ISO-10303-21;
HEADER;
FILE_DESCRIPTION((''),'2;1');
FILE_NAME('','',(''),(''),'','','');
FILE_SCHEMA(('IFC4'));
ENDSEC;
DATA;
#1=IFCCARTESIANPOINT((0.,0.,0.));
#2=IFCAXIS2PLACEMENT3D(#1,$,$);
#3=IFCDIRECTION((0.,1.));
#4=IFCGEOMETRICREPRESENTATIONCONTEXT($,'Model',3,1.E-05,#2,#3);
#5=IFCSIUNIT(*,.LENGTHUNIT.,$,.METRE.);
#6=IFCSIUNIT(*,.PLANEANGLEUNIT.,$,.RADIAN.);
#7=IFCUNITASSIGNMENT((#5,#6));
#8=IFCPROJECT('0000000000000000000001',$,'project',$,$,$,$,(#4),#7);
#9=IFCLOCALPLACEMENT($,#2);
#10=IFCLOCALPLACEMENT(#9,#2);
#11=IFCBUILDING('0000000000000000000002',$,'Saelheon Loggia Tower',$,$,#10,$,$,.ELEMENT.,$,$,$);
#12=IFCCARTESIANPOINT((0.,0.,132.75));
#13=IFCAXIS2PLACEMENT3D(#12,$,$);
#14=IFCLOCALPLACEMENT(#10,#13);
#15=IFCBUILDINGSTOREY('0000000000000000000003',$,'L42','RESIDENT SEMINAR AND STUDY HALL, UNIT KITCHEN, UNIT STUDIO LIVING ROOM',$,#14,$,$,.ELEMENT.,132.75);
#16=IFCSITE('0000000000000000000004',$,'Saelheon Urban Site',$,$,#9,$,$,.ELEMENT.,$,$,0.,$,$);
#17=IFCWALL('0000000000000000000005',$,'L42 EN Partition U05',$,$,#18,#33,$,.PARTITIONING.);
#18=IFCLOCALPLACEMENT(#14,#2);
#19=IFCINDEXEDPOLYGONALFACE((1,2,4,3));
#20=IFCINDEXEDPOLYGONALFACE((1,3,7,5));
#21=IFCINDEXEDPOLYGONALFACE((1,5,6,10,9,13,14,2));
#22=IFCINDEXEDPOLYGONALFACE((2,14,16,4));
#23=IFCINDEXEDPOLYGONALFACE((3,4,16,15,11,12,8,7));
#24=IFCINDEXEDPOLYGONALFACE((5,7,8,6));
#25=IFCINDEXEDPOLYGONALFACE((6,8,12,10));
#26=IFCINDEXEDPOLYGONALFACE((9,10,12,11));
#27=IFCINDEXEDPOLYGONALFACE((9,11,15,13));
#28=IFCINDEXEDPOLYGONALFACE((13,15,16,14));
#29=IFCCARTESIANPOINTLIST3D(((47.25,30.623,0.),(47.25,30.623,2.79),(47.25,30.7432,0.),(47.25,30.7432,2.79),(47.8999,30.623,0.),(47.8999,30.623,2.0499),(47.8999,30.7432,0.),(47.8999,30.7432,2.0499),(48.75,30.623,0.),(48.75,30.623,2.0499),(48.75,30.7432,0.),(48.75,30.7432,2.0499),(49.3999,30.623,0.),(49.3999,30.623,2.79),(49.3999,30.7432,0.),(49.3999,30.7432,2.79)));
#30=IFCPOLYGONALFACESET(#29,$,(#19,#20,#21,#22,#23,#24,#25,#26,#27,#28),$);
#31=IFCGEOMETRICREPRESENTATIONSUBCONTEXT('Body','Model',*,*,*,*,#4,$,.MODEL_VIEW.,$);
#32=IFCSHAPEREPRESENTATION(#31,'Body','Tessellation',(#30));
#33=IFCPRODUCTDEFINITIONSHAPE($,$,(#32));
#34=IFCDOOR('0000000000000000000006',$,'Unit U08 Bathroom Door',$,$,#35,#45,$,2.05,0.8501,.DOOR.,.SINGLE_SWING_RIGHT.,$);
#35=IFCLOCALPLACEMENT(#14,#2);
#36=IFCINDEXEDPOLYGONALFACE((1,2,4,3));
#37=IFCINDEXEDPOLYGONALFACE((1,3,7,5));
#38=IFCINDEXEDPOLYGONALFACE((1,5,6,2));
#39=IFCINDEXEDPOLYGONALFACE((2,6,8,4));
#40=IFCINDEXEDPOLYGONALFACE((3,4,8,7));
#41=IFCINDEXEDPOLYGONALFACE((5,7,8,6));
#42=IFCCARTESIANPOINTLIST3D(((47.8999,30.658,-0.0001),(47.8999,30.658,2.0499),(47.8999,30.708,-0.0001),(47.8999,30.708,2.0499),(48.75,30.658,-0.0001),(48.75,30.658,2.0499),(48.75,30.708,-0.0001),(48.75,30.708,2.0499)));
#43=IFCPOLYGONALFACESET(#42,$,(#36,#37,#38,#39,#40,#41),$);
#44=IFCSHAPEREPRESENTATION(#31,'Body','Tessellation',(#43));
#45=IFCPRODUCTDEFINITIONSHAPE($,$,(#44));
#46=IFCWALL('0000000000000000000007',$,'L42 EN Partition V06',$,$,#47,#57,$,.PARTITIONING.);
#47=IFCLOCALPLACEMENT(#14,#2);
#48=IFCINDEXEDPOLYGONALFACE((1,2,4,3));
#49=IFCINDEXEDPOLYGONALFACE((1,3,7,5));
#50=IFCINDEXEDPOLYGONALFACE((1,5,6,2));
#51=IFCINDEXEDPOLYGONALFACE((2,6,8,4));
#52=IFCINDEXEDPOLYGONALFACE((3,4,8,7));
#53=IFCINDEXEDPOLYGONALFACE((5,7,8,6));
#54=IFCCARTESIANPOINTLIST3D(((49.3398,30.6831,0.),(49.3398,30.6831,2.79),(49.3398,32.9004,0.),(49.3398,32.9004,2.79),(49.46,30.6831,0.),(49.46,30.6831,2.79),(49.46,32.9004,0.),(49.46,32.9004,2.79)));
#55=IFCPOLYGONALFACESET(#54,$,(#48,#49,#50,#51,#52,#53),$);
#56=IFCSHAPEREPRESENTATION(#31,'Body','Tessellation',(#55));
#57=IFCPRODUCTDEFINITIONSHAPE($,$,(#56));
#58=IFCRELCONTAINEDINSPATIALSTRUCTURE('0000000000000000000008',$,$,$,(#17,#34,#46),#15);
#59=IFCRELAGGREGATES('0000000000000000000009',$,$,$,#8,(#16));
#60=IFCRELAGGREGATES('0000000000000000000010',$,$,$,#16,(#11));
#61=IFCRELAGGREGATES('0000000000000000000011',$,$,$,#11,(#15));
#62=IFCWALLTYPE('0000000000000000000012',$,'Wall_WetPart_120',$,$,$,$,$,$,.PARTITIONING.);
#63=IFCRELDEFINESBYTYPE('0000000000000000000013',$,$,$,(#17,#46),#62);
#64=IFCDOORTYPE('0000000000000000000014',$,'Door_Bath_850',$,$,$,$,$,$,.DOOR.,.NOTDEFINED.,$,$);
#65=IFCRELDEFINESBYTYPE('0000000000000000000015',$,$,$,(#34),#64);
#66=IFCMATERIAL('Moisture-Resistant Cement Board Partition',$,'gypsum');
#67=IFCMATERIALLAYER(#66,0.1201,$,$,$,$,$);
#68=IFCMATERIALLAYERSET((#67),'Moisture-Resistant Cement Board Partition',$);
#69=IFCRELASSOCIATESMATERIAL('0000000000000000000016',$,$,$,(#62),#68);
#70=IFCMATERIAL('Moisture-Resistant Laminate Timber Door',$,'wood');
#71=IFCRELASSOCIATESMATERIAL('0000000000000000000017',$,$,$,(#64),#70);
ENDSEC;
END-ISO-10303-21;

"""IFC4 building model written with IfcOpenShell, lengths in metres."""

from ifc_helpers import new_model, si_unit, direction, frame, frame_2d, origin, place, context, subcontext, project, spatial, rectangle, extrude, source, transform, mapped, material, layer, layer_set, type_object, element, fill, save


model = new_model("IFC4")

# Units and contexts
model_context = context("Model", 3, precision=1e-05, world=origin(), true_north=direction((0.0, 1.0)))
body_context = subcontext(model_context, "Body", "Model", "MODEL_VIEW")
ifc_project = project(units=[si_unit("LENGTHUNIT", "METRE"), si_unit("PLANEANGLEUNIT", "RADIAN")], contexts=[model_context])

# Site, building, storey
site_placement = place(None, origin())
site = spatial("IfcSite", under=ifc_project, at=site_placement, Name="Saelheon Urban Site", CompositionType="ELEMENT", RefElevation=0.0)
building_placement = place(site_placement, origin())
building = spatial("IfcBuilding", under=site, at=building_placement, Name="Saelheon Loggia Tower", CompositionType="ELEMENT")
storey_placement = place(building_placement, frame((0.0, 0.0, 132.75)))
storey = spatial("IfcBuildingStorey", under=building, at=storey_placement, Name="L42", Description="RESIDENT SEMINAR AND STUDY HALL, UNIT KITCHEN, UNIT STUDIO LIVING ROOM", CompositionType="ELEMENT", Elevation=132.75)

# Wall, opening, door
ifc_material_1 = material(Name="Moisture-Resistant Cement Board Partition", Category="gypsum")
ifc_layer_1 = layer(ifc_material_1, 0.1201)
ifc_layer_set_1 = layer_set([ifc_layer_1], Name="Moisture-Resistant Cement Board Partition")
wall_type_1 = type_object("IfcWallType", Name="Wall_WetPart_120", PredefinedType="PARTITIONING", material=ifc_layer_set_1)
wall_1_placement = place(storey_placement, frame((47.25, 30.6831, 0.0), z_axis=(0.0, 0.0, 1.0), x_axis=(1.0, 0.0, 0.0)))
wall_1 = element("IfcWall", 1, at=wall_1_placement, inside=storey, type_object=wall_type_1, Name="L42 EN Partition U05", PredefinedType="PARTITIONING", context=body_context, shape_type="SweptSolid", body=[
    extrude(rectangle(XDim=2.1499, YDim=0.1201, at=frame_2d((1.075, 0.0))), origin(), (0.0, 0.0, 1.0), 2.79),
])
opening_1_placement = place(wall_1_placement, frame((0.6499, 0.0, 0.0)))
opening_1 = element("IfcOpeningElement", 2, at=opening_1_placement, cuts=wall_1, PredefinedType="OPENING", context=body_context, shape_type="SweptSolid", body=[
    extrude(rectangle(XDim=0.8501, YDim=2.05, at=frame_2d((0.425, 1.0249))), frame((0.0, 0.072, 0.0), z_axis=(0.0, -1.0, 0.0), x_axis=(1.0, 0.0, 0.0)), (0.0, 0.0, 1.0), 0.144),
])
ifc_material_2 = material(Name="Moisture-Resistant Laminate Timber Door", Category="wood")
door_type_1 = type_object("IfcDoorType", Name="Door_Bath_850", OperationType="NOTDEFINED", PredefinedType="DOOR", material=ifc_material_2)
shared_shape_1 = source(origin(), body_context, "Body", "SweptSolid", [
    extrude(rectangle(XDim=0.8501, YDim=2.05, at=frame_2d((0.425, 1.0249))), frame((0.0, 0.0249, 0.0), z_axis=(0.0, -1.0, 0.0), x_axis=(1.0, 0.0, 0.0)), (0.0, 0.0, 1.0), 0.05),
])
door_1_placement = place(opening_1_placement, origin())
door_1 = element("IfcDoor", 3, at=door_1_placement, inside=storey, type_object=door_type_1, Name="Unit U08 Bathroom Door", OperationType="SINGLE_SWING_RIGHT", OverallHeight=2.05, OverallWidth=0.8501, PredefinedType="DOOR", context=body_context, shape_type="MappedRepresentation", body=[
    mapped(shared_shape_1, transform((0.0, 0.0, 0.0), scale=1.0)),
])
fill(opening_1, door_1)

# Wall
wall_2_placement = place(storey_placement, frame((49.3999, 30.6831, 0.0), z_axis=(0.0, 0.0, 1.0), x_axis=(0.0, 1.0, 0.0)))
element("IfcWall", 4, at=wall_2_placement, inside=storey, type_object=wall_type_1, Name="L42 EN Partition V06", PredefinedType="PARTITIONING", context=body_context, shape_type="SweptSolid", body=[
    extrude(rectangle(XDim=2.2173, YDim=0.1201, at=frame_2d((1.1086, 0.0))), origin(), (0.0, 0.0, 1.0), 2.79),
])

save(model, "model.ifc")
